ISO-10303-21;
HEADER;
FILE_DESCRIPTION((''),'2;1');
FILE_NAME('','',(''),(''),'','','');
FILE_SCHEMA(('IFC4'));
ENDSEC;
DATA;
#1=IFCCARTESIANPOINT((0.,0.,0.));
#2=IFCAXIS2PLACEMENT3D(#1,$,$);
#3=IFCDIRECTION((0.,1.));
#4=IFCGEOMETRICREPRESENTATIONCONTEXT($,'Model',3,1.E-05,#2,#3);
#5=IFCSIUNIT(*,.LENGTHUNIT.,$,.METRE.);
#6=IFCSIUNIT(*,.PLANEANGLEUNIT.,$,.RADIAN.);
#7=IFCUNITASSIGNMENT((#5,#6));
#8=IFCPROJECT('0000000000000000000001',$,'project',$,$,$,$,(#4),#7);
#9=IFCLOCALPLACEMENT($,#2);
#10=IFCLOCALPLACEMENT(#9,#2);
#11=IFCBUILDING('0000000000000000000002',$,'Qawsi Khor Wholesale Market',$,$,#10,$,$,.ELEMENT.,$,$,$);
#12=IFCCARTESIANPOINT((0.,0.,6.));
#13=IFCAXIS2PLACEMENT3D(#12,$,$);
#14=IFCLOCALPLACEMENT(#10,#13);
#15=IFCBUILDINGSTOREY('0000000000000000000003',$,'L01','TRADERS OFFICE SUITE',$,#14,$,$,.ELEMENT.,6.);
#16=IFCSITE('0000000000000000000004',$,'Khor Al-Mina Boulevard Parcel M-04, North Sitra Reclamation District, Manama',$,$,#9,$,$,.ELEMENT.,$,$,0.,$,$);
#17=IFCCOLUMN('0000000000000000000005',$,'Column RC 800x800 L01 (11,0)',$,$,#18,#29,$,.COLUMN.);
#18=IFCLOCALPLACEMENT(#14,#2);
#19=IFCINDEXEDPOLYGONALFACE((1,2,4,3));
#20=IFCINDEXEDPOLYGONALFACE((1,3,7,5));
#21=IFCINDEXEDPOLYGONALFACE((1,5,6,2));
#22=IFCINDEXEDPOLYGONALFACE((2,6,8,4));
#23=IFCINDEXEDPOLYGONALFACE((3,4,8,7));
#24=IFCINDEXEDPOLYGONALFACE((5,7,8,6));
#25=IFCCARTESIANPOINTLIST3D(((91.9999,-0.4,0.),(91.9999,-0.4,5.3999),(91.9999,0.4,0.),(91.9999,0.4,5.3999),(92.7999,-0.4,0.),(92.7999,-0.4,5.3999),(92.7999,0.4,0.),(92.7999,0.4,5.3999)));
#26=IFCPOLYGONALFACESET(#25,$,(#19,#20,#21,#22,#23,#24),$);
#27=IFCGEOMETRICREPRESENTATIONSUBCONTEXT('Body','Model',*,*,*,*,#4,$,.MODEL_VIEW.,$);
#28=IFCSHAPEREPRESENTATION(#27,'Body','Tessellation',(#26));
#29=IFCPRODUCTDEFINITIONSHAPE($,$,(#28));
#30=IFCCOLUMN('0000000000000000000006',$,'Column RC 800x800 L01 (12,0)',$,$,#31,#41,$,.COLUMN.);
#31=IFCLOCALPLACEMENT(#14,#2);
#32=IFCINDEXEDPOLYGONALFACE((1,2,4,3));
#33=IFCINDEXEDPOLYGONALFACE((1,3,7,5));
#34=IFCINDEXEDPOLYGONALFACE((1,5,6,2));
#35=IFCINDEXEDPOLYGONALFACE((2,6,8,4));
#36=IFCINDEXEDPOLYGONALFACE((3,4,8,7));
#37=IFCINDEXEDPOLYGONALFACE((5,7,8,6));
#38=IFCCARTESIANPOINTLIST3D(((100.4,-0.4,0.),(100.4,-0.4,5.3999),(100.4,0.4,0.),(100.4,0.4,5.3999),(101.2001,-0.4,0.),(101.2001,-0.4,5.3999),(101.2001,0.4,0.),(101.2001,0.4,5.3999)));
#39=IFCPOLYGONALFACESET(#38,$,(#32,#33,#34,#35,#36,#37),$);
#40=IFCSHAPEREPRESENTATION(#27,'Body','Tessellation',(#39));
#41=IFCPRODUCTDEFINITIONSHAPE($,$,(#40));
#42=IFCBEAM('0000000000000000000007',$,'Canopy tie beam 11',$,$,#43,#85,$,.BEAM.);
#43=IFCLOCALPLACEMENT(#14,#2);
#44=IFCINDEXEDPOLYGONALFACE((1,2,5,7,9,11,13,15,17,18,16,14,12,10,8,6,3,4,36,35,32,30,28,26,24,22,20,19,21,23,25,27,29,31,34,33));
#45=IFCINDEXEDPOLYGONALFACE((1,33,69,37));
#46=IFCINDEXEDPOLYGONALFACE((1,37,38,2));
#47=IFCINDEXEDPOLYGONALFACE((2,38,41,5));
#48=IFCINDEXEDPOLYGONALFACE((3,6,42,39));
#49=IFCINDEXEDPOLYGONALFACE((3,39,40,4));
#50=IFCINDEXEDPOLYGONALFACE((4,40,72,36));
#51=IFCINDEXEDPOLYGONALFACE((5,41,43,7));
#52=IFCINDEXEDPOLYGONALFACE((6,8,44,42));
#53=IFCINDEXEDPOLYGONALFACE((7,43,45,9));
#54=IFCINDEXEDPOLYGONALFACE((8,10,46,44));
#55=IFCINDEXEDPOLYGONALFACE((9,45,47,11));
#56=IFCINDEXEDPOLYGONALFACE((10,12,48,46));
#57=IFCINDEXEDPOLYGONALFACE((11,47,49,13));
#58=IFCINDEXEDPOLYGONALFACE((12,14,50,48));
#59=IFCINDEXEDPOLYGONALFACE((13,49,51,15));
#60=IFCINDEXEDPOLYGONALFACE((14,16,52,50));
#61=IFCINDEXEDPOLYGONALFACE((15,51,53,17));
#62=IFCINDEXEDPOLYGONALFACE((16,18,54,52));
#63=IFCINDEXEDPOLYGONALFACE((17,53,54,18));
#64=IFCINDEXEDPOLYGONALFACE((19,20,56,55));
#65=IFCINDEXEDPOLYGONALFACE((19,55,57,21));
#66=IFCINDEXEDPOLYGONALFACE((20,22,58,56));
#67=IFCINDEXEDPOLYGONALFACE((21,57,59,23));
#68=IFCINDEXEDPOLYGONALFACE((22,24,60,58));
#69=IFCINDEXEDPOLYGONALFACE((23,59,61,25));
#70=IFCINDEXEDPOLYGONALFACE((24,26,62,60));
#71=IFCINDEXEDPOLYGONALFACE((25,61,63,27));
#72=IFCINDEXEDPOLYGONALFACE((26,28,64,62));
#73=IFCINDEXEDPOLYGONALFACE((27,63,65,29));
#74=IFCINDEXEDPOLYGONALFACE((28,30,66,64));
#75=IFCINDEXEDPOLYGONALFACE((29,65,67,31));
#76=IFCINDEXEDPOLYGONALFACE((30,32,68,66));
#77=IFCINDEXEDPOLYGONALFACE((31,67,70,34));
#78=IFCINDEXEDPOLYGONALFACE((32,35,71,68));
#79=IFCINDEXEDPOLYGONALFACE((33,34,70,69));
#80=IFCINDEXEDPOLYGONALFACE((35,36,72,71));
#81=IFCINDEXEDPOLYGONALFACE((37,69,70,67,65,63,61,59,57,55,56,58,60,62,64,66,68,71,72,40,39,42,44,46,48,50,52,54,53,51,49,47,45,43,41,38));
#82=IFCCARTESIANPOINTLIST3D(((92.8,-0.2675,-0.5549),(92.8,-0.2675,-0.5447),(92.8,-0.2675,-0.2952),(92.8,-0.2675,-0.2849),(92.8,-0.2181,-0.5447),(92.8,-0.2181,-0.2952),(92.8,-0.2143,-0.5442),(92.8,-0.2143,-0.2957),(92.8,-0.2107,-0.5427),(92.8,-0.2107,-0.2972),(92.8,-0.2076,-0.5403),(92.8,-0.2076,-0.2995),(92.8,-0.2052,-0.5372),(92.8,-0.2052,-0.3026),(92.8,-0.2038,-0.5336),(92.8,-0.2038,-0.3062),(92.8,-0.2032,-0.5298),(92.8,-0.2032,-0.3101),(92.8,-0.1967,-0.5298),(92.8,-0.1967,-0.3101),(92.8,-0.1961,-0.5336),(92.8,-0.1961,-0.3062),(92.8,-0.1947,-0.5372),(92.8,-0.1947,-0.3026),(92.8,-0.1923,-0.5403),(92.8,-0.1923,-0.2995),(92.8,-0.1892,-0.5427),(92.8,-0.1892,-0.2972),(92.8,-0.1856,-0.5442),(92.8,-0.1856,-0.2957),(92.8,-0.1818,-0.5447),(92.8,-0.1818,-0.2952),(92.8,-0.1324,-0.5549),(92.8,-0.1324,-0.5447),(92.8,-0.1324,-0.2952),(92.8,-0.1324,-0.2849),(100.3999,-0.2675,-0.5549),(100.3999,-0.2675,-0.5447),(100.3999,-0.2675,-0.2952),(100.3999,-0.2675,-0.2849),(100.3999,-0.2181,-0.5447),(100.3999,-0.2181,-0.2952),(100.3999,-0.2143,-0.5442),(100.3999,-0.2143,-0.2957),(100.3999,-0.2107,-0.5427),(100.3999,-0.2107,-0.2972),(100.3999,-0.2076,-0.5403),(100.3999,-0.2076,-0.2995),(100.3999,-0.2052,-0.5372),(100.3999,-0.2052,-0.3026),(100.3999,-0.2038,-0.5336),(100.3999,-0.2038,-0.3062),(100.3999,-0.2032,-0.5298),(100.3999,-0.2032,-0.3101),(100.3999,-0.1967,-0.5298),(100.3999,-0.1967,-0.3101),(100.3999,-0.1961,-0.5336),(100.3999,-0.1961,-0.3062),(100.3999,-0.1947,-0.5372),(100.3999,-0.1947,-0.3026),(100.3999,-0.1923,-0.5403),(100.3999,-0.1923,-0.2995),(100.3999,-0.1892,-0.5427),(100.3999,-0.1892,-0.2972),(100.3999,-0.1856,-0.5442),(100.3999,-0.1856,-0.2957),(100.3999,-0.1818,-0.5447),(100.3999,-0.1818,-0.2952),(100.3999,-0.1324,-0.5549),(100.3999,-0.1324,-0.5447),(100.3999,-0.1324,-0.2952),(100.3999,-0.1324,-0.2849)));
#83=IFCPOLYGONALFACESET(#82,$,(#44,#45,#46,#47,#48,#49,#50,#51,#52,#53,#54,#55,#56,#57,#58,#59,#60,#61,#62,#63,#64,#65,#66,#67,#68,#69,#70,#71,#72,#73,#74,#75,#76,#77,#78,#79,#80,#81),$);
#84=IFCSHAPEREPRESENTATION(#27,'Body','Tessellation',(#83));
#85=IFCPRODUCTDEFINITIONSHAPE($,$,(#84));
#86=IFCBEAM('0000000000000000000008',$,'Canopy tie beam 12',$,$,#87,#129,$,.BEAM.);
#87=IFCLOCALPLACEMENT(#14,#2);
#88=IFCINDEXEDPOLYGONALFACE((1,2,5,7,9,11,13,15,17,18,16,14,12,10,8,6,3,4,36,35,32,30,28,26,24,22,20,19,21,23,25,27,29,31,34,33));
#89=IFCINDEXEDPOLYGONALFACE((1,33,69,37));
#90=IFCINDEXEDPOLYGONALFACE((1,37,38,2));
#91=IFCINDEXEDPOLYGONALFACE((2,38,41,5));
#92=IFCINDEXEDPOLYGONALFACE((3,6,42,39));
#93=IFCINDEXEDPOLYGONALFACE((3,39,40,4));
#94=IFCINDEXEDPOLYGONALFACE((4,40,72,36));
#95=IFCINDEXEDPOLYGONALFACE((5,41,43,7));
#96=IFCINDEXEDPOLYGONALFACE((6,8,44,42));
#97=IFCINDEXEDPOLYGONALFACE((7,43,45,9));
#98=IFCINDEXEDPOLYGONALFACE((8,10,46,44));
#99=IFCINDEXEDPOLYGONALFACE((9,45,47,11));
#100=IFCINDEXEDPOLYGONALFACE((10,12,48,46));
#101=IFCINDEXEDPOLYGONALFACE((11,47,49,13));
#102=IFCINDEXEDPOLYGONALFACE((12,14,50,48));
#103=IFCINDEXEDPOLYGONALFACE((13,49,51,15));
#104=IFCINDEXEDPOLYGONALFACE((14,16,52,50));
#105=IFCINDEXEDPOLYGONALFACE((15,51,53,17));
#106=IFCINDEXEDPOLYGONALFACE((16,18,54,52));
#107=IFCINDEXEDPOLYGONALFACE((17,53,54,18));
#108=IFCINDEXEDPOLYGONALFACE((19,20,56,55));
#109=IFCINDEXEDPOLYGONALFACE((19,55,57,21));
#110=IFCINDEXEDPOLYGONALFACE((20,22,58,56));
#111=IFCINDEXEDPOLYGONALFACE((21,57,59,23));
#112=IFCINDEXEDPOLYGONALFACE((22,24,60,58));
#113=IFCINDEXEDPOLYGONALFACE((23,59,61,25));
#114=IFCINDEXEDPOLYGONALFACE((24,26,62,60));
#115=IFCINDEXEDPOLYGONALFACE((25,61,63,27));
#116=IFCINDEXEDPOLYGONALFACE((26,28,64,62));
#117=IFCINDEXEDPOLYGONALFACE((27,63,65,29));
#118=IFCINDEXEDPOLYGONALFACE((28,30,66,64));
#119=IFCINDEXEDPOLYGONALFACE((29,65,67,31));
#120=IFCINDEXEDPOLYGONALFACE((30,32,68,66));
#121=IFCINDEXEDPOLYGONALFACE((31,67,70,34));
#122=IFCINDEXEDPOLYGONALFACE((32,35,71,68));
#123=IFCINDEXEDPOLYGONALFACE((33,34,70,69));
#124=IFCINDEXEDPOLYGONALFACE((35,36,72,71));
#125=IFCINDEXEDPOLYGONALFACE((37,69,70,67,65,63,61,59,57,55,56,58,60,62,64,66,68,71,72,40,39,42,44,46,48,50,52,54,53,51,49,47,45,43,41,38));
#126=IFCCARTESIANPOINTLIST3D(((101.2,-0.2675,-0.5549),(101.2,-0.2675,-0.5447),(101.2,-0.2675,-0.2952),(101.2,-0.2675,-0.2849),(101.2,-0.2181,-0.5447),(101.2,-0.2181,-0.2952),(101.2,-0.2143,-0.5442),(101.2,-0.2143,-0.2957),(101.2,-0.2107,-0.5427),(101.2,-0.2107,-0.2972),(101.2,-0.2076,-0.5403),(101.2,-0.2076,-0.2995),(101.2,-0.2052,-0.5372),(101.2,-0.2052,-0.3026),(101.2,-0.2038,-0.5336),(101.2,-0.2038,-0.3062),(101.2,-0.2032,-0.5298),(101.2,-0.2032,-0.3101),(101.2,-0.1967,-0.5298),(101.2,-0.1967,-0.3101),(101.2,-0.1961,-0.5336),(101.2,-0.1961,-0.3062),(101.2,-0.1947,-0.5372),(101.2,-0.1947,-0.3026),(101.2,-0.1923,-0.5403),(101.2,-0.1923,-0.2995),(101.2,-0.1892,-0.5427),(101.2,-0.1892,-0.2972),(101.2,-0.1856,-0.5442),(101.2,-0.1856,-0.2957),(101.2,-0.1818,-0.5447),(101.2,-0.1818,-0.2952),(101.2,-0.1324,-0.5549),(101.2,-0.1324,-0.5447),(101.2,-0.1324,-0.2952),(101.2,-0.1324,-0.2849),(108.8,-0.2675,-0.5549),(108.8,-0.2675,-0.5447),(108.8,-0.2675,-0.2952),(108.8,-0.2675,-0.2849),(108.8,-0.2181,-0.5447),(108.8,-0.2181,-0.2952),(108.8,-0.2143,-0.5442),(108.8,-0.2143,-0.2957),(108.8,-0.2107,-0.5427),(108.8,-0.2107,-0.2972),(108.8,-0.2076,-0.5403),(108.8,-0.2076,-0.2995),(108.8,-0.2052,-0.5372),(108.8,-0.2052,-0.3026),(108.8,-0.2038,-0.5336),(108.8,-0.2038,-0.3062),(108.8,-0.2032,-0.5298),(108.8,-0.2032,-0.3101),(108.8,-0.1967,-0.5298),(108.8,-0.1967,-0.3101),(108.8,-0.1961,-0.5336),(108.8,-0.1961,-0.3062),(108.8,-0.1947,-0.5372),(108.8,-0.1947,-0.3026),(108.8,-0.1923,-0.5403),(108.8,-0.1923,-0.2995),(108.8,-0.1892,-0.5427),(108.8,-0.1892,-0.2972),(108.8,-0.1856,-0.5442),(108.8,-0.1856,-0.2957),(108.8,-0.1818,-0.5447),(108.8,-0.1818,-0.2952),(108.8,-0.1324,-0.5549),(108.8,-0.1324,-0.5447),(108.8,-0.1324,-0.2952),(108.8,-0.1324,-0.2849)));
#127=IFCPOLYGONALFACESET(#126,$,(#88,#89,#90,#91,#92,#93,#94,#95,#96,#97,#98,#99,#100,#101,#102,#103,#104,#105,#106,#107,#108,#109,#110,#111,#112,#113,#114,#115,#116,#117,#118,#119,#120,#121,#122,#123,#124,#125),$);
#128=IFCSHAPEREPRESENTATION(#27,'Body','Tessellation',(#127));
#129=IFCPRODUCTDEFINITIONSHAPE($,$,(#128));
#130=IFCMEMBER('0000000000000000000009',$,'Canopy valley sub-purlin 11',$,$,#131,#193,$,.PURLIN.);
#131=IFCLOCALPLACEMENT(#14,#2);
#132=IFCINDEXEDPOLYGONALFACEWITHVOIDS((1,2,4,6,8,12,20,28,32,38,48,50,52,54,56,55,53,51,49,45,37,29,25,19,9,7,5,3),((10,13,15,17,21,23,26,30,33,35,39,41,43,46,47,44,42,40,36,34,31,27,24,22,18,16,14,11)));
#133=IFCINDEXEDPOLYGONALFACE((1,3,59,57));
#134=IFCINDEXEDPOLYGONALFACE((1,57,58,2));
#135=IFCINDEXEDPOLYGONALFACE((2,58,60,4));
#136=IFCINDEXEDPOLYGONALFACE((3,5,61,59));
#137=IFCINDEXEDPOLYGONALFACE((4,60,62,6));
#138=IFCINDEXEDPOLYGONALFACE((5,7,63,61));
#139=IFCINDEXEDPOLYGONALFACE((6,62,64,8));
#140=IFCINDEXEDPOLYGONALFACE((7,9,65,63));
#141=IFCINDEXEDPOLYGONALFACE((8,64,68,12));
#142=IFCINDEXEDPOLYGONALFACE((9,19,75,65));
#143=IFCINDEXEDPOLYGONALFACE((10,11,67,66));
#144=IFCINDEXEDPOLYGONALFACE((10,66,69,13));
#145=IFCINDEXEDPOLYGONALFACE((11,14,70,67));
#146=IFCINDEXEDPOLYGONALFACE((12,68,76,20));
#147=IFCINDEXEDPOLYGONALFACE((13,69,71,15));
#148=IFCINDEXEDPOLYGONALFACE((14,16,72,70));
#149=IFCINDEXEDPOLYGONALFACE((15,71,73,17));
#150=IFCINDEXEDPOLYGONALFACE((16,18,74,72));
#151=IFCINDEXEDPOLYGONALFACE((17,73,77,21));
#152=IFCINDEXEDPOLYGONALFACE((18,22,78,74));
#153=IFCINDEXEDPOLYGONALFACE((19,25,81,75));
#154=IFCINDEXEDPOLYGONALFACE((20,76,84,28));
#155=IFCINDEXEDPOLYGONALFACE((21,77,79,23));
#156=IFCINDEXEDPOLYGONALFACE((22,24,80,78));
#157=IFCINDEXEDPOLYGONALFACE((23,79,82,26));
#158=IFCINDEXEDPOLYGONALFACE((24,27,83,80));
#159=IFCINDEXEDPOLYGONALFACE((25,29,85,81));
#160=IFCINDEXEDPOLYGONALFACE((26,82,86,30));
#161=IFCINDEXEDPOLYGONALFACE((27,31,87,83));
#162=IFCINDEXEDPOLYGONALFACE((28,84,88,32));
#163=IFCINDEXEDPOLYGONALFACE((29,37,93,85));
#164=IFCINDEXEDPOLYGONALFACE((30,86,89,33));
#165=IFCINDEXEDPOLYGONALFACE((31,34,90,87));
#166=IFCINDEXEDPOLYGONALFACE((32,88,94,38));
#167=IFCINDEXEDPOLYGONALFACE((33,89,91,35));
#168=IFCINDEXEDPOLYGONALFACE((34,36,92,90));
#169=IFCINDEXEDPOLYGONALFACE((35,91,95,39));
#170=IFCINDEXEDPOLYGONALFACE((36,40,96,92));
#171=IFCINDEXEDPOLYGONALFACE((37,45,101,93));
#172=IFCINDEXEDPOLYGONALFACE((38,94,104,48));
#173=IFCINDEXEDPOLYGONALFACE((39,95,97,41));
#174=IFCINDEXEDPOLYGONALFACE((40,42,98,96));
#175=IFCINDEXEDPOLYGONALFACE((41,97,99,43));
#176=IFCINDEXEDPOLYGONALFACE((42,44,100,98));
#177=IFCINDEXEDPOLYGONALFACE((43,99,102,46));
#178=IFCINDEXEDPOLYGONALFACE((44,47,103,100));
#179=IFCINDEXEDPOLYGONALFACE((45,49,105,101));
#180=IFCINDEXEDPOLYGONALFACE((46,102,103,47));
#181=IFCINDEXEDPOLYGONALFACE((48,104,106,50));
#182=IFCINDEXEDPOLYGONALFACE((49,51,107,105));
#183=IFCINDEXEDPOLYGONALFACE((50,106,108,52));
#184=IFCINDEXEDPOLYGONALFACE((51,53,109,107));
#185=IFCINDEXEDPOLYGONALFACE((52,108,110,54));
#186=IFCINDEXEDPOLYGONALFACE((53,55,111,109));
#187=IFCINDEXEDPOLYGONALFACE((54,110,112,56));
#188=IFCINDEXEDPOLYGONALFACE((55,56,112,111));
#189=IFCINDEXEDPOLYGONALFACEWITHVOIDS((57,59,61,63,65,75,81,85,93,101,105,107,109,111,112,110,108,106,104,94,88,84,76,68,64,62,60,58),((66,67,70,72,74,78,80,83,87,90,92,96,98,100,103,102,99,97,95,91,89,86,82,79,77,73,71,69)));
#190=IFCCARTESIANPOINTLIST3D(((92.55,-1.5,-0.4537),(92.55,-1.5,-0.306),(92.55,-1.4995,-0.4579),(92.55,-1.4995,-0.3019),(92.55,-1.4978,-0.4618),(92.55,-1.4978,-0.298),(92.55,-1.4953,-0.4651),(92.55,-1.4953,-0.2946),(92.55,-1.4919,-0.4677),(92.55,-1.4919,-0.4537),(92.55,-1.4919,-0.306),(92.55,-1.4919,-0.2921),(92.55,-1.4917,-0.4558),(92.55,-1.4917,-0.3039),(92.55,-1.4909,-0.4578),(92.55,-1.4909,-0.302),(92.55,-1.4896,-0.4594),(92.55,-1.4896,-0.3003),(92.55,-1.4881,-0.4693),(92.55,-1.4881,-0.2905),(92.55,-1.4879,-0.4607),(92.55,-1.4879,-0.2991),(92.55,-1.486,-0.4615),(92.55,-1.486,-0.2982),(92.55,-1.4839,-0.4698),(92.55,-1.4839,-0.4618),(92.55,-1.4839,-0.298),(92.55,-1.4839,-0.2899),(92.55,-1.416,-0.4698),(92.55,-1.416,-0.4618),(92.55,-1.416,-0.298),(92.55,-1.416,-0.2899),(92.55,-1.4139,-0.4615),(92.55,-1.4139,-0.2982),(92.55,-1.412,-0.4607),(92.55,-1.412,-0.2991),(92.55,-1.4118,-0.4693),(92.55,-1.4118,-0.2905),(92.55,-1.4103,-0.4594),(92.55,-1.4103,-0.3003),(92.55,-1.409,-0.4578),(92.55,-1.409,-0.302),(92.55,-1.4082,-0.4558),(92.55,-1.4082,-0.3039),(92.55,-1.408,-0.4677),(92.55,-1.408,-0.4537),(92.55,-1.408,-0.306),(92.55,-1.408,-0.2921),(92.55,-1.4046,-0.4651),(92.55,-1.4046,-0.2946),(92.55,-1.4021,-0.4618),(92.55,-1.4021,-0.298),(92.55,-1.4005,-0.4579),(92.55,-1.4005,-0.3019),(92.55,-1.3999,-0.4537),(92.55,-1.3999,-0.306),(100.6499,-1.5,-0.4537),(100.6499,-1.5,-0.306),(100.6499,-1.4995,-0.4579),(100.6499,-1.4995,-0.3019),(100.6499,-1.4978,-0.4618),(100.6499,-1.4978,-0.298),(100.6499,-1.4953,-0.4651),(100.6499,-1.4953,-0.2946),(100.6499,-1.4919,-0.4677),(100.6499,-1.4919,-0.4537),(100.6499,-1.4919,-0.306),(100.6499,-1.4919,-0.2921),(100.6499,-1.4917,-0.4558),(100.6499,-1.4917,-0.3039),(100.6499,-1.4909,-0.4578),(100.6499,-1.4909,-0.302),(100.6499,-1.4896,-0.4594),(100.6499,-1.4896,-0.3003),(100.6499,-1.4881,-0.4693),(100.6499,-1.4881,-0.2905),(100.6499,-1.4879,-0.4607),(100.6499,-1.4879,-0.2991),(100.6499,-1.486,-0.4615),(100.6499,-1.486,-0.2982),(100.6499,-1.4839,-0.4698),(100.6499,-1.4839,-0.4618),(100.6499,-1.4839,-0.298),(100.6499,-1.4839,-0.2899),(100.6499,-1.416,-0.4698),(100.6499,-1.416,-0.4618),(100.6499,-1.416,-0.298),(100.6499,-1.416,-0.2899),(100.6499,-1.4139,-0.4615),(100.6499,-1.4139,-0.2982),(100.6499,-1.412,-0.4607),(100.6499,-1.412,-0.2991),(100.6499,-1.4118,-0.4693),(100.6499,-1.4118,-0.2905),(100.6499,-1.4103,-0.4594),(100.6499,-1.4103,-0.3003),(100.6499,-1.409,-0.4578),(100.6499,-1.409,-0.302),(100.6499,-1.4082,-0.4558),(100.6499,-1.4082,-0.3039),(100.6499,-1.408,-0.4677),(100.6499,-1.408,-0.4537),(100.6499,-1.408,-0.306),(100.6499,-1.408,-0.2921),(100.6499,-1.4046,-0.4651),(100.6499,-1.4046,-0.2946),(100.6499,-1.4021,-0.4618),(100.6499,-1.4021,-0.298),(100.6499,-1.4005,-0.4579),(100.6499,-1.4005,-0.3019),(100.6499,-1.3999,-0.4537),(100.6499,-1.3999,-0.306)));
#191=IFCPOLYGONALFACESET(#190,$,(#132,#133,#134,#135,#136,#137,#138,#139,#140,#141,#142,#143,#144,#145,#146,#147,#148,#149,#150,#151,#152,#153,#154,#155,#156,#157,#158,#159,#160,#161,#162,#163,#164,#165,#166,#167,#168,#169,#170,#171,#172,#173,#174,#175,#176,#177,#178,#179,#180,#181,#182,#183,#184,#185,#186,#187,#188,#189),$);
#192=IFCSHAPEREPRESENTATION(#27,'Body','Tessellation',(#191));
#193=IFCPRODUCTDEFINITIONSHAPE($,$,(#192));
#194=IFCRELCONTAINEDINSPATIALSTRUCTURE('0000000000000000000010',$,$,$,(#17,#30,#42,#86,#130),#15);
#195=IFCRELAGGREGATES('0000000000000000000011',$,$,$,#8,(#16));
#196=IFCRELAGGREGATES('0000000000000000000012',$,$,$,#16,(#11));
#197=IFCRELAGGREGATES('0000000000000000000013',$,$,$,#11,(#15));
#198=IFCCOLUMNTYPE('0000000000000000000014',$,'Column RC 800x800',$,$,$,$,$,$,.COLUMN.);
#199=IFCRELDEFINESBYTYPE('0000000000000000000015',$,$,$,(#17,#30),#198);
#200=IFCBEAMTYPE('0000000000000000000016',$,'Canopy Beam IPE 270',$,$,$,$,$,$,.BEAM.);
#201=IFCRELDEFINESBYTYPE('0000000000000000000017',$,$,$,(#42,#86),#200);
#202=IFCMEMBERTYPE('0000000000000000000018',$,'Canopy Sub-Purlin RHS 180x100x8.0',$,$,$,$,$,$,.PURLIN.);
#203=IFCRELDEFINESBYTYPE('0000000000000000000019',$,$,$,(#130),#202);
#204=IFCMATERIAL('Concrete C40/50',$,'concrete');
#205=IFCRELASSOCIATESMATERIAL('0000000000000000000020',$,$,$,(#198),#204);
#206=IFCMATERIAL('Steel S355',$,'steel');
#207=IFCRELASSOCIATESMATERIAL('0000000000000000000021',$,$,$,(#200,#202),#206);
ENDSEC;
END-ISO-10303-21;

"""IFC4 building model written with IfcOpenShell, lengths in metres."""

from ifc_helpers import new_model, si_unit, direction, frame, origin, origin_2d, place, context, subcontext, project, spatial, rectangle, hollow_rectangle, i_section, extrude, material, material_profile, profile_set, type_object, element, save


model = new_model("IFC4")

# Units and contexts
model_context = context("Model", 3, precision=1e-05, world=origin(), true_north=direction((0.0, 1.0)))
body_context = subcontext(model_context, "Body", "Model", "MODEL_VIEW")
ifc_project = project(units=[si_unit("LENGTHUNIT", "METRE"), si_unit("PLANEANGLEUNIT", "RADIAN")], contexts=[model_context])

# Site, building, storey
site_placement = place(None, origin())
site = spatial("IfcSite", under=ifc_project, at=site_placement, Name="Khor Al-Mina Boulevard Parcel M-04, North Sitra Reclamation District, Manama", CompositionType="ELEMENT", RefElevation=0.0)
building_placement = place(site_placement, origin())
building = spatial("IfcBuilding", under=site, at=building_placement, Name="Qawsi Khor Wholesale Market", CompositionType="ELEMENT")
storey_placement = place(building_placement, frame((0.0, 0.0, 6.0)))
storey = spatial("IfcBuildingStorey", under=building, at=storey_placement, Name="L01", Description="TRADERS OFFICE SUITE", CompositionType="ELEMENT", Elevation=6.0)

# Columns
ifc_material_1 = material(Name="Concrete C40/50", Category="concrete")
ifc_material_profile_1 = material_profile(ifc_material_1, rectangle(XDim=0.8, YDim=0.8, at=origin_2d()), Name="RC 800x800")
ifc_profile_set_1 = profile_set([ifc_material_profile_1], Name="Concrete C40/50")
column_type = type_object("IfcColumnType", Name="Column RC 800x800", PredefinedType="COLUMN", material=ifc_profile_set_1)
for number, where, z_axis, x_axis, name in (
    (1, (92.3999, 0.0, 0.0), (0.0, 0.0, 1.0), (1.0, 0.0, 0.0), "Column RC 800x800 L01 (11,0)"),
    (2, (100.8, 0.0, 0.0), (0.0, 0.0, 1.0), (1.0, 0.0, 0.0), "Column RC 800x800 L01 (12,0)"),
):
    element("IfcColumn", number, at=place(storey_placement, frame(where, z_axis=z_axis, x_axis=x_axis)), inside=storey, type_object=column_type, Name=name, PredefinedType="COLUMN", context=body_context, shape_type="SweptSolid", body=[
        extrude(rectangle(XDim=0.8, YDim=0.8, at=origin_2d()), origin(), (0.0, 0.0, 1.0), 5.3999),
    ])

# Beams
ifc_material_2 = material(Name="Steel S355", Category="steel")
ifc_material_profile_2 = material_profile(ifc_material_2, i_section(OverallWidth=0.135, OverallDepth=0.27, WebThickness=0.0066, FlangeThickness=0.0103, FilletRadius=0.0149, at=origin_2d()), Name="IPE 270")
ifc_profile_set_2 = profile_set([ifc_material_profile_2], Name="Steel S355")
beam_type_1 = type_object("IfcBeamType", Name="Canopy Beam IPE 270", PredefinedType="BEAM", material=ifc_profile_set_2)
beam_1_placement = place(storey_placement, frame((92.8, -0.2, -0.4199), z_axis=(1.0, 0.0, 0.0), x_axis=(0.0, 1.0, 0.0)))
element("IfcBeam", 3, at=beam_1_placement, inside=storey, type_object=beam_type_1, Name="Canopy tie beam 11", PredefinedType="BEAM", context=body_context, shape_type="SweptSolid", body=[
    extrude(i_section(OverallWidth=0.135, OverallDepth=0.27, WebThickness=0.0066, FlangeThickness=0.0103, FilletRadius=0.0149, at=origin_2d()), origin(), (0.0, 0.0, 1.0), 7.5999),
])
beam_2_placement = place(storey_placement, frame((101.2, -0.2, -0.4199), z_axis=(1.0, 0.0, 0.0), x_axis=(0.0, 1.0, 0.0)))
element("IfcBeam", 4, at=beam_2_placement, inside=storey, type_object=beam_type_1, Name="Canopy tie beam 12", PredefinedType="BEAM", context=body_context, shape_type="SweptSolid", body=[
    extrude(i_section(OverallWidth=0.135, OverallDepth=0.27, WebThickness=0.0066, FlangeThickness=0.0103, FilletRadius=0.0149, at=origin_2d()), origin(), (0.0, 0.0, 1.0), 7.6001),
])

# Member
ifc_material_profile_3 = material_profile(ifc_material_2, hollow_rectangle(XDim=0.1001, YDim=0.1799, WallThickness=0.0081, InnerFilletRadius=0.0081, OuterFilletRadius=0.0161, at=origin_2d()), Name="RHS 180x100x8.0")
ifc_profile_set_3 = profile_set([ifc_material_profile_3], Name="Steel S355")
member_type = type_object("IfcMemberType", Name="Canopy Sub-Purlin RHS 180x100x8.0", PredefinedType="PURLIN", material=ifc_profile_set_3)
member_1_placement = place(storey_placement, frame((92.55, -1.45, -0.3799), z_axis=(1.0, 0.0, 0.0), x_axis=(0.0, 1.0, 0.0)))
element("IfcMember", 5, at=member_1_placement, inside=storey, type_object=member_type, Name="Canopy valley sub-purlin 11", PredefinedType="PURLIN", context=body_context, shape_type="SweptSolid", body=[
    extrude(hollow_rectangle(XDim=0.1001, YDim=0.1799, WallThickness=0.0081, InnerFilletRadius=0.0081, OuterFilletRadius=0.0161, at=origin_2d()), origin(), (0.0, 0.0, 1.0), 8.0999),
])

save(model, "model.ifc")
